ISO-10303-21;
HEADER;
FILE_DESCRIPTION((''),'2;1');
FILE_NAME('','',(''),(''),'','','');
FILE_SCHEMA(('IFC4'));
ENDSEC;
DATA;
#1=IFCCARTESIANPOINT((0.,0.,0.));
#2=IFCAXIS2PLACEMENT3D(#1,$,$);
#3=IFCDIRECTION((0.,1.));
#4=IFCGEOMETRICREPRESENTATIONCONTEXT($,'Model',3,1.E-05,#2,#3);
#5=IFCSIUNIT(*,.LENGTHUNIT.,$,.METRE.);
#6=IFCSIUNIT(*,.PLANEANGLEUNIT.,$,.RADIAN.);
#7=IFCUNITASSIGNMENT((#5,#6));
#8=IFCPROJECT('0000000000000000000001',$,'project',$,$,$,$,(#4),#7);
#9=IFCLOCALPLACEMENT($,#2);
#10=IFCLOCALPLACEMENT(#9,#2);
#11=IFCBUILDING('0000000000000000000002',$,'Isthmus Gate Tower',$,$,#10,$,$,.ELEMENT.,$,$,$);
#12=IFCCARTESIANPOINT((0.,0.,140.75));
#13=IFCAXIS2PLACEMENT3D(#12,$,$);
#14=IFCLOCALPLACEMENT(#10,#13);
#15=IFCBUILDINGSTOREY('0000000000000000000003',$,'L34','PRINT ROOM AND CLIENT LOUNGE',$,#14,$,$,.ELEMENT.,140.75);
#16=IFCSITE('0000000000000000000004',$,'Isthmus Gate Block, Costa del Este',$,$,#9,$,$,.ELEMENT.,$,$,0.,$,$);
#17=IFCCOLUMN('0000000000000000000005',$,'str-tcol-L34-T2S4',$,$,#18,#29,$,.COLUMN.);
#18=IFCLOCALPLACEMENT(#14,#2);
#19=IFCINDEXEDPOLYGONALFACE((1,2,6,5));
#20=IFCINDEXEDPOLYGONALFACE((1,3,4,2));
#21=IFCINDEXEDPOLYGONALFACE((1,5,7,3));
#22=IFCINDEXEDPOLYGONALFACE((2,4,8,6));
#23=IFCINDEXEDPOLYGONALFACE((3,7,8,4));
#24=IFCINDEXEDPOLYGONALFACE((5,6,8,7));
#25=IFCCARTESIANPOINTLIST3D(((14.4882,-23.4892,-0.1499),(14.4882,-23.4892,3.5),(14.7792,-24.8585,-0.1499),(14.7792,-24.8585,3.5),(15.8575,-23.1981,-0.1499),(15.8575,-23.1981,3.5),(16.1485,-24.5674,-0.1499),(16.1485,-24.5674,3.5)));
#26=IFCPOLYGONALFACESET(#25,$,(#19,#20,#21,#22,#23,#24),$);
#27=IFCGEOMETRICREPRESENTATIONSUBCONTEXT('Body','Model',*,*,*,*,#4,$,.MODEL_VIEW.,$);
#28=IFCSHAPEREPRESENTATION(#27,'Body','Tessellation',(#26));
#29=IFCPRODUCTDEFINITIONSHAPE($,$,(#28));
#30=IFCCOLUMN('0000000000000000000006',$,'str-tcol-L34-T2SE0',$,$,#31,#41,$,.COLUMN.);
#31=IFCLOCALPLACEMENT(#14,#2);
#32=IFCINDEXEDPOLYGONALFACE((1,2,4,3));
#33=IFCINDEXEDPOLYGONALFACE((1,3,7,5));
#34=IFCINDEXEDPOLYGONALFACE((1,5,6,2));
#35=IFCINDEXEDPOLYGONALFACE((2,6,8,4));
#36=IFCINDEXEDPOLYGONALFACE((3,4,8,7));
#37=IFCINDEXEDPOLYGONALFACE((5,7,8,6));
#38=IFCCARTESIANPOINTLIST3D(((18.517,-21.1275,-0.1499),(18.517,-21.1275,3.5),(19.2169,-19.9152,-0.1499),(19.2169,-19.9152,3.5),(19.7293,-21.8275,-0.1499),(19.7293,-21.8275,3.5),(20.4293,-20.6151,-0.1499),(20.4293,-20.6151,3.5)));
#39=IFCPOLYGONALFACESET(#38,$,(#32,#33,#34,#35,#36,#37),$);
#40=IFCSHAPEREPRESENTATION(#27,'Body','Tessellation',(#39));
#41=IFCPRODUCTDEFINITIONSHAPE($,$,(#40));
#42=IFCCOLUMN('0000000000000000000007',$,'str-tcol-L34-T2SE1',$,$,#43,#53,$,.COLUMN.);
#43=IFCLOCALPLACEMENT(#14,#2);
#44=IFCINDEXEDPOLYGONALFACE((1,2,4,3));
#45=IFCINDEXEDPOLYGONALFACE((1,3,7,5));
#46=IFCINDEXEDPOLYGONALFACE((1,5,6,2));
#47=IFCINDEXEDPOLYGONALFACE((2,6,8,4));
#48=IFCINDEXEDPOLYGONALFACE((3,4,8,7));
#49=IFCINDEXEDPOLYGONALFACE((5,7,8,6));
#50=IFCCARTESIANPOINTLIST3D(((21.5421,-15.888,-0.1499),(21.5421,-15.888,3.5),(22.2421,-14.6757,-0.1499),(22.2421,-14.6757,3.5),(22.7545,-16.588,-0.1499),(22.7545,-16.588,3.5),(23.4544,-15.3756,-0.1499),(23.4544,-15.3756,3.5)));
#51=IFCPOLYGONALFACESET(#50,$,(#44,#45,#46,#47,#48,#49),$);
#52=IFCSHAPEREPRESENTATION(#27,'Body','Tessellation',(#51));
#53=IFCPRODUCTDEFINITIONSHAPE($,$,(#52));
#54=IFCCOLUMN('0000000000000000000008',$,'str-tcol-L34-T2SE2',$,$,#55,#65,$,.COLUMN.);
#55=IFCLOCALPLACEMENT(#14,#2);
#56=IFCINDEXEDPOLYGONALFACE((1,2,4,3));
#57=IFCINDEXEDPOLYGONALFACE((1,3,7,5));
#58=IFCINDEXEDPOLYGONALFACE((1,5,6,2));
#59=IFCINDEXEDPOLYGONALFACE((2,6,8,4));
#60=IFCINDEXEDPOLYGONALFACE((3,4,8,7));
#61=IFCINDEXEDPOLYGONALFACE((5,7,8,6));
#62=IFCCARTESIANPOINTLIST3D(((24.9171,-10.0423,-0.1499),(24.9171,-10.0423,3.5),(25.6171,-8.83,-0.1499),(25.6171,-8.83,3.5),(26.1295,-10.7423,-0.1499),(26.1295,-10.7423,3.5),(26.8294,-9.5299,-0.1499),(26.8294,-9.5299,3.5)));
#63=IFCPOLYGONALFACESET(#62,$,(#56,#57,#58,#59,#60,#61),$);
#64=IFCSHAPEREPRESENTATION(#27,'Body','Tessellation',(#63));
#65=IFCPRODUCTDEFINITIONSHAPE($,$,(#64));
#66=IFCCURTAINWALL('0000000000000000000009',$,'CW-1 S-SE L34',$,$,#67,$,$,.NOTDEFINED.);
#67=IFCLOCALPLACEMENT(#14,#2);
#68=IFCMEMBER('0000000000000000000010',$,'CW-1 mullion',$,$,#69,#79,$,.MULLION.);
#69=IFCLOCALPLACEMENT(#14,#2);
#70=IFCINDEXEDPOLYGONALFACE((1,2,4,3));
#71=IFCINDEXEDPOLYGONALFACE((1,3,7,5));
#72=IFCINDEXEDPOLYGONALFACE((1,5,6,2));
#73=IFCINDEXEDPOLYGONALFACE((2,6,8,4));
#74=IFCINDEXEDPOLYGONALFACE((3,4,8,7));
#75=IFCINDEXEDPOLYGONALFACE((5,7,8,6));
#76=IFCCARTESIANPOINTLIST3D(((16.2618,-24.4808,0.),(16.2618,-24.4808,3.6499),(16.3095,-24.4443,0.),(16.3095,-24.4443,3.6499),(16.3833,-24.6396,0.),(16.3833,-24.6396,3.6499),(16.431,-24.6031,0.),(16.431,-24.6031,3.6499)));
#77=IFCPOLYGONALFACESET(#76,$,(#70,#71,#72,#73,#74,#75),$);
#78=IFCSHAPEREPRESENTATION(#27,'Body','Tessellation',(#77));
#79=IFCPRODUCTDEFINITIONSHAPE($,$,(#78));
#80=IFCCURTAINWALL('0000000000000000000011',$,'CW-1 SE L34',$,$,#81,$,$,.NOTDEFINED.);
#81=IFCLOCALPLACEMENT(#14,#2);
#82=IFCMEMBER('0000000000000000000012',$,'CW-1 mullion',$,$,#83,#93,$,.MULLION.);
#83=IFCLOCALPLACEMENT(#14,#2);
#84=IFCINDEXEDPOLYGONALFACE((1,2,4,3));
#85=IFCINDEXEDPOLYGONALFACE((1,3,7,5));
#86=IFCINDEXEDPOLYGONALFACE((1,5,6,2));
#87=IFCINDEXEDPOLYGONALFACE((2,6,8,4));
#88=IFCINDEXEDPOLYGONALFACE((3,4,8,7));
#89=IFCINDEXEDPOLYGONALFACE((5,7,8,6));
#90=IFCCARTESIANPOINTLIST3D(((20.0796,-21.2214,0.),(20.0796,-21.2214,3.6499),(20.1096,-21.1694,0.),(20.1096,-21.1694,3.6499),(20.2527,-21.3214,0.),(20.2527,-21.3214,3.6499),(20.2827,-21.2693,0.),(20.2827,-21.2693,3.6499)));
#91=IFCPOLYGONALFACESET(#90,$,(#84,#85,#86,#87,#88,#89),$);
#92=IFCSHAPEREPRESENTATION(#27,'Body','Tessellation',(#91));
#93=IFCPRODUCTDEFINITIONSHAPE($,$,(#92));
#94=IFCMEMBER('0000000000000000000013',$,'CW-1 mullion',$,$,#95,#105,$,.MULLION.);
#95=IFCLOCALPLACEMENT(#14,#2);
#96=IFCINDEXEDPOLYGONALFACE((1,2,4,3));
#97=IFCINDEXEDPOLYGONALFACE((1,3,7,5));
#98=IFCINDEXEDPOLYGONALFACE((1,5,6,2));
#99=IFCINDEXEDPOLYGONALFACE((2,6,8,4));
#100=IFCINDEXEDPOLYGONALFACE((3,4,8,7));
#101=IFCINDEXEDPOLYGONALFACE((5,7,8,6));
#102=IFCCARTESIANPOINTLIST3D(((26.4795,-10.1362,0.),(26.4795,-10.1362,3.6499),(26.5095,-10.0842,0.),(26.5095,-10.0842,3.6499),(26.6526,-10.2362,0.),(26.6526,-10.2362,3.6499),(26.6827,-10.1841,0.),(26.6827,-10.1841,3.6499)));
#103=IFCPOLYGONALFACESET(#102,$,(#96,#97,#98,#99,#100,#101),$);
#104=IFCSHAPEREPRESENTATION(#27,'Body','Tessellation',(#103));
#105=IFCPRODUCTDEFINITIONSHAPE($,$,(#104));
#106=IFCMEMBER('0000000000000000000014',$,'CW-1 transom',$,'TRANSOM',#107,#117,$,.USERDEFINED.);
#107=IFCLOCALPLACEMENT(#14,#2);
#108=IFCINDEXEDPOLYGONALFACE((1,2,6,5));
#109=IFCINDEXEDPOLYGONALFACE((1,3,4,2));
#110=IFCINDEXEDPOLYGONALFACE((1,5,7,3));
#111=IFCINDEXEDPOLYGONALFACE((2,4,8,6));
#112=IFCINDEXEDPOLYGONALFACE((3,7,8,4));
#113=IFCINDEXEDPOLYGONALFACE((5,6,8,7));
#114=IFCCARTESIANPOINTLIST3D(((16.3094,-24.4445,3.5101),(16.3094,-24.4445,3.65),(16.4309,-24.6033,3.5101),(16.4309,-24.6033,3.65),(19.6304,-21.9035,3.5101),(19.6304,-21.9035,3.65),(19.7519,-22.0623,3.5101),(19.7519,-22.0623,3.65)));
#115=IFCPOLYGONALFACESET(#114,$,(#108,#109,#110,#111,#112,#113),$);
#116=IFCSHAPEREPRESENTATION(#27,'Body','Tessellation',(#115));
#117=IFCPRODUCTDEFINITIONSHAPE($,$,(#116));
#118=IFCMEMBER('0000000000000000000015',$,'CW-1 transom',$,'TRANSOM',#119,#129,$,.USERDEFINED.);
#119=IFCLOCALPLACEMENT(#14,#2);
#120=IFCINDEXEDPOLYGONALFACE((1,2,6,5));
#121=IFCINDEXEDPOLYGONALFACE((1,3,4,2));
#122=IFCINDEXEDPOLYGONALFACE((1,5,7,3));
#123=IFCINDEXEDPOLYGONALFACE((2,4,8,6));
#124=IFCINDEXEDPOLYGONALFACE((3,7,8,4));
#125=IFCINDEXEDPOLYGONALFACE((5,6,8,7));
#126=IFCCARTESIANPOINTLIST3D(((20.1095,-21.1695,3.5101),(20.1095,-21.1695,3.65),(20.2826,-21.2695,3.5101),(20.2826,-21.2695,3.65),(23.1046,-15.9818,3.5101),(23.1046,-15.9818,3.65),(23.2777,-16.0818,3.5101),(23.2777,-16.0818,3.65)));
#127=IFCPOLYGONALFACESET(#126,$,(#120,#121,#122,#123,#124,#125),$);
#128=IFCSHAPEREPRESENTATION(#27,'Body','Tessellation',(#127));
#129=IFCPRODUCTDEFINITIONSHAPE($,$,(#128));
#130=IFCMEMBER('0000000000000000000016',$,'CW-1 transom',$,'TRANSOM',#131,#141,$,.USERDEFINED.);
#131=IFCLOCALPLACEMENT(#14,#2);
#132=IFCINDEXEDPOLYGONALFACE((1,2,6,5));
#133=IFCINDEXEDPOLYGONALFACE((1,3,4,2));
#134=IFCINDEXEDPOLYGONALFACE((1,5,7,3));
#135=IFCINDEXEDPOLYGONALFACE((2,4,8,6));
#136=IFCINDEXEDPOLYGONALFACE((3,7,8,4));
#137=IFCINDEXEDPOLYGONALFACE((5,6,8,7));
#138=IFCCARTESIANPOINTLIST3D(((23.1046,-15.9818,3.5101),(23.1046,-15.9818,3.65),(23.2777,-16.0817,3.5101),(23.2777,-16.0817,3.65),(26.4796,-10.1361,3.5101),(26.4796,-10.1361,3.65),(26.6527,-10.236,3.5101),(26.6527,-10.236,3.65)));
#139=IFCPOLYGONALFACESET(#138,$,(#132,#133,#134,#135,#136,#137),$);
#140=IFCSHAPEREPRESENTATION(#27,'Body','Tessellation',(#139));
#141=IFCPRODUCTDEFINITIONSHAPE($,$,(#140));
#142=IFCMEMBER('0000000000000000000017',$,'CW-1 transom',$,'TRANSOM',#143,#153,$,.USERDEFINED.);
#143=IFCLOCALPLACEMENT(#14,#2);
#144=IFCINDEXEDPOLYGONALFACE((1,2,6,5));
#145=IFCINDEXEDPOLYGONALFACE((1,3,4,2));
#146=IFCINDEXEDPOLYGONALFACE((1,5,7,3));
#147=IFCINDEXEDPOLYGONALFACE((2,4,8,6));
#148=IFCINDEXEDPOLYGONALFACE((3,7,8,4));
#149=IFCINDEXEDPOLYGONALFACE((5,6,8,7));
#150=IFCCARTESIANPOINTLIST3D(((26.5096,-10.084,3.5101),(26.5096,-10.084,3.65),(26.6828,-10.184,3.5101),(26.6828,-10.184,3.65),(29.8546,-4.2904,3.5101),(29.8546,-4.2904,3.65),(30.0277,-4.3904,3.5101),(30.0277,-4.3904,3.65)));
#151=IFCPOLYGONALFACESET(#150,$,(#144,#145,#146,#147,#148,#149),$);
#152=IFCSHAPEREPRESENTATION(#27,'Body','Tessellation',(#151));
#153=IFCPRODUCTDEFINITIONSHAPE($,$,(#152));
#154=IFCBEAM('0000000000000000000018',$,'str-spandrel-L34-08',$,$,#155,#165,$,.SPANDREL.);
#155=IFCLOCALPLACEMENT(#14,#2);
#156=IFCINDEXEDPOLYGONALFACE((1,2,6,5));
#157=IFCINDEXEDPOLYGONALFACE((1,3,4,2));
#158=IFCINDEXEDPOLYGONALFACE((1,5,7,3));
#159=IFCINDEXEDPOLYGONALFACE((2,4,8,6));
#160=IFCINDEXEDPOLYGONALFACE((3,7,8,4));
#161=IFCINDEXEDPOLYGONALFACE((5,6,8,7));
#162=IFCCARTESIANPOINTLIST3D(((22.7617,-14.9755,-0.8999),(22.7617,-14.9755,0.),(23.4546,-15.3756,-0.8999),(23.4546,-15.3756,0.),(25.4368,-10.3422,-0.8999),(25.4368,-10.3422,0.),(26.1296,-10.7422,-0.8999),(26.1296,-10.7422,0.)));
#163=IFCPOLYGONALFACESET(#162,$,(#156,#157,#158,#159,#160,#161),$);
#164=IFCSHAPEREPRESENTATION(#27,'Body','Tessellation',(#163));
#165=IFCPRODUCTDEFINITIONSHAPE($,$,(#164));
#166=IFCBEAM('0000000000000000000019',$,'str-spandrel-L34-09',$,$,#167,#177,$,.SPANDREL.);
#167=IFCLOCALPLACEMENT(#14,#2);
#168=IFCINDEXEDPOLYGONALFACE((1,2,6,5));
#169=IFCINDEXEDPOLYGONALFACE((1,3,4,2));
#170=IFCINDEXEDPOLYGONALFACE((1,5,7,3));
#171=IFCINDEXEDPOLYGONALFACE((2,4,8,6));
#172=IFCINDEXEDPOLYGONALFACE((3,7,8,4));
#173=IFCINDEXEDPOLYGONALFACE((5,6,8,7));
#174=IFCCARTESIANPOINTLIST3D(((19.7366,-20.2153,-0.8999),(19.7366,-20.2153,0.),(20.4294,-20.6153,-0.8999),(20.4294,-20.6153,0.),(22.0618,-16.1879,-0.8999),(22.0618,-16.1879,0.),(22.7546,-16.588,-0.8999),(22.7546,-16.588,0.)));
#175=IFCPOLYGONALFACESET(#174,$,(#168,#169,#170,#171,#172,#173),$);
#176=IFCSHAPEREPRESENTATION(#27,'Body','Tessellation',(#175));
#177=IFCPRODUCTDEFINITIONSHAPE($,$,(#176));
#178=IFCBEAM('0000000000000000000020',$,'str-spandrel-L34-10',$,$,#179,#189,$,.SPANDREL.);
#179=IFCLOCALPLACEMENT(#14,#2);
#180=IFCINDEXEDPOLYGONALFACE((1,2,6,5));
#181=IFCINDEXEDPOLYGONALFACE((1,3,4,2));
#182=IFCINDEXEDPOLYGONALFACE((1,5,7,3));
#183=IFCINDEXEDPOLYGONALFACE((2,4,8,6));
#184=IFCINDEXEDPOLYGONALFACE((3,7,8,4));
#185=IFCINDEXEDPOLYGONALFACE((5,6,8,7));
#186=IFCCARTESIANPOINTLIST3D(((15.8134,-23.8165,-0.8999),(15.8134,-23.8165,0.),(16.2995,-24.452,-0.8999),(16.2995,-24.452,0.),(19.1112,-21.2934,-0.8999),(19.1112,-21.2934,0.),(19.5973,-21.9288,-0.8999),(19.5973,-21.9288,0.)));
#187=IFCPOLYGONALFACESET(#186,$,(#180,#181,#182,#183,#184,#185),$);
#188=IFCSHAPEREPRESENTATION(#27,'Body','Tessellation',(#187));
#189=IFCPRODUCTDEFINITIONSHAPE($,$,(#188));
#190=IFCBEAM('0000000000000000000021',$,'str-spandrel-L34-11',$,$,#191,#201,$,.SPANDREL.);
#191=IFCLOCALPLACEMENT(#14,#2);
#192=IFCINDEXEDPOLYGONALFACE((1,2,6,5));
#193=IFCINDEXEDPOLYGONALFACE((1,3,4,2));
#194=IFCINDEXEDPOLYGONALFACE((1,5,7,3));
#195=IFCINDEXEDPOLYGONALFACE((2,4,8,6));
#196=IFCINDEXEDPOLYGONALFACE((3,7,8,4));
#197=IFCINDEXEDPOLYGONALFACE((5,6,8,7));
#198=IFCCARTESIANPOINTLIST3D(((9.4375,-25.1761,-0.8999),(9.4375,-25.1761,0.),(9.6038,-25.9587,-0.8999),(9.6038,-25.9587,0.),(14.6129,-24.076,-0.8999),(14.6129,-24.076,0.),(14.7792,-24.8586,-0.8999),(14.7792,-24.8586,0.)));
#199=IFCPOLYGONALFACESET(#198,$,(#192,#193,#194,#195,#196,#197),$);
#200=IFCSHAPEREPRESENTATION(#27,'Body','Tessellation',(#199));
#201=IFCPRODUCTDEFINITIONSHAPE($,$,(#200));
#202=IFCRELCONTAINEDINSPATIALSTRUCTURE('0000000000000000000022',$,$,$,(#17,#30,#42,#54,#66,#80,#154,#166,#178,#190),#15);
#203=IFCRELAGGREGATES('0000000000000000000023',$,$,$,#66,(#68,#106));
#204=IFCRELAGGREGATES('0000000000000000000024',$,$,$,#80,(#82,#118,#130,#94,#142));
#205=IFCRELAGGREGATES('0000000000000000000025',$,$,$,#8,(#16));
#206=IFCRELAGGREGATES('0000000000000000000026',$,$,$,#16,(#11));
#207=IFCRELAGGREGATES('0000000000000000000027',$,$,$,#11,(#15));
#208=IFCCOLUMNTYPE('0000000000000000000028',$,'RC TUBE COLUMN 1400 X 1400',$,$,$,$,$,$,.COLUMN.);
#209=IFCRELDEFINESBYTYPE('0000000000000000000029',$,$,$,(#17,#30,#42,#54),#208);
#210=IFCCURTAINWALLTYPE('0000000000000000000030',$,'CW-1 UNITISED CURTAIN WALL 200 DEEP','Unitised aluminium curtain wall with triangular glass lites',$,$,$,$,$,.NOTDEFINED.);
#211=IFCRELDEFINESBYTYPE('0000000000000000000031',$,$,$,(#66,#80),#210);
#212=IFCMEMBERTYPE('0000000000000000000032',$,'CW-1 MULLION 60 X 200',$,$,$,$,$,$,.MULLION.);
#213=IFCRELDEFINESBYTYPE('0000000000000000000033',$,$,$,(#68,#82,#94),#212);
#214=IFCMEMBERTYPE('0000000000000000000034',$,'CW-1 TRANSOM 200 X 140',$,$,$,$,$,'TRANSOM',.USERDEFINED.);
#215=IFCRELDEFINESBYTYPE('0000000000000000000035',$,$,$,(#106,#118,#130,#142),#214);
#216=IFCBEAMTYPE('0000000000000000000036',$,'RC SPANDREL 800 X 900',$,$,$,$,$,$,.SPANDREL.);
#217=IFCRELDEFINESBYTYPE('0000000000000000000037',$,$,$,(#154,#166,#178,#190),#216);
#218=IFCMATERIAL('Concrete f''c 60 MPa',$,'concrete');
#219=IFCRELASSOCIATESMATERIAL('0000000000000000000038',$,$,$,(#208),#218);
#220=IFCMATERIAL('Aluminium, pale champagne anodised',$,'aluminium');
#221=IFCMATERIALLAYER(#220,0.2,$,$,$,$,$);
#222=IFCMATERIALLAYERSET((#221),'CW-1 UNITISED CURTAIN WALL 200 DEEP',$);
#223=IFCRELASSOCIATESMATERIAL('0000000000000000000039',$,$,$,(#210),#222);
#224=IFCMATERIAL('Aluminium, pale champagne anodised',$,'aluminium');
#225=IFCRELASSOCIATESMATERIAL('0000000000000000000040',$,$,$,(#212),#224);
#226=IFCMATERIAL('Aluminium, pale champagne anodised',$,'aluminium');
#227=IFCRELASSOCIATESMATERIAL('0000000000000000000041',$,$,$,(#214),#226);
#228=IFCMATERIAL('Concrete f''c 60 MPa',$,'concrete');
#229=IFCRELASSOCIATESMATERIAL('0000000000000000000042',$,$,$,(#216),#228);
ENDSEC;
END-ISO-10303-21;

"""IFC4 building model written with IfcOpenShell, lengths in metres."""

from ifc_helpers import new_model, si_unit, direction, frame, origin, origin_2d, place, context, subcontext, project, spatial, rectangle, extrude, material, layer, layer_set, material_profile, profile_set, type_object, element, aggregate, save


model = new_model("IFC4")

# Units and contexts
model_context = context("Model", 3, precision=1e-05, world=origin(), true_north=direction((0.0, 1.0)))
body_context = subcontext(model_context, "Body", "Model", "MODEL_VIEW")
ifc_project = project(units=[si_unit("LENGTHUNIT", "METRE"), si_unit("PLANEANGLEUNIT", "RADIAN")], contexts=[model_context])

# Site, building, storey
site_placement = place(None, origin())
site = spatial("IfcSite", under=ifc_project, at=site_placement, Name="Isthmus Gate Block, Costa del Este", CompositionType="ELEMENT", RefElevation=0.0)
building_placement = place(site_placement, origin())
building = spatial("IfcBuilding", under=site, at=building_placement, Name="Isthmus Gate Tower", CompositionType="ELEMENT")
storey_placement = place(building_placement, frame((0.0, 0.0, 140.75)))
storey = spatial("IfcBuildingStorey", under=building, at=storey_placement, Name="L34", Description="PRINT ROOM AND CLIENT LOUNGE", CompositionType="ELEMENT", Elevation=140.75)

# Columns
ifc_material_1 = material(Name="Concrete f'c 60 MPa", Category="concrete")
ifc_material_profile_1 = material_profile(ifc_material_1, rectangle(XDim=1.3999, YDim=1.3999, at=origin_2d()), Name="RC 1400X1400")
ifc_profile_set_1 = profile_set([ifc_material_profile_1], Name="Concrete f'c 60 MPa")
column_type = type_object("IfcColumnType", Name="RC TUBE COLUMN 1400 X 1400", PredefinedType="COLUMN", material=ifc_profile_set_1)
for number, where, z_axis, x_axis, name in (
    (1, (15.3184, -24.0283, -0.1499), (0.0, 0.0, 1.0), (0.978148, 0.207912, 0.0), "str-tcol-L34-T2S4"),
    (2, (19.4731, -20.8713, -0.1499), (0.0, 0.0, 1.0), (0.5, 0.866025, 0.0), "str-tcol-L34-T2SE0"),
    (3, (22.4983, -15.6318, -0.1499), (0.0, 0.0, 1.0), (0.5, 0.866025, 0.0), "str-tcol-L34-T2SE1"),
    (4, (25.8733, -9.7861, -0.1499), (0.0, 0.0, 1.0), (0.5, 0.866025, 0.0), "str-tcol-L34-T2SE2"),
):
    element("IfcColumn", number, at=place(storey_placement, frame(where, z_axis=z_axis, x_axis=x_axis)), inside=storey, type_object=column_type, Name=name, PredefinedType="COLUMN", context=body_context, shape_type="SweptSolid", body=[
        extrude(rectangle(XDim=1.3999, YDim=1.3999, at=origin_2d()), origin(), (0.0, 0.0, 1.0), 3.6499),
    ])

# Curtain wall, member
ifc_material_2 = material(Name="Aluminium, pale champagne anodised", Category="aluminium")
ifc_layer_1 = layer(ifc_material_2, 0.2)
ifc_layer_set_1 = layer_set([ifc_layer_1], Name="CW-1 UNITISED CURTAIN WALL 200 DEEP")
curtain_wall_type = type_object("IfcCurtainWallType", Name="CW-1 UNITISED CURTAIN WALL 200 DEEP", Description="Unitised aluminium curtain wall with triangular glass lites", PredefinedType="NOTDEFINED", material=ifc_layer_set_1)
curtain_wall_1_placement = place(storey_placement, origin())
curtain_wall_1 = element("IfcCurtainWall", 5, at=curtain_wall_1_placement, inside=storey, type_object=curtain_wall_type, Name="CW-1 S-SE L34", PredefinedType="NOTDEFINED")
ifc_material_3 = material(Name="Aluminium, pale champagne anodised", Category="aluminium")
ifc_material_profile_2 = material_profile(ifc_material_3, rectangle(XDim=0.0601, YDim=0.2, at=origin_2d()), Name="60x200")
ifc_profile_set_2 = profile_set([ifc_material_profile_2], Name="Aluminium, pale champagne anodised")
member_type_1 = type_object("IfcMemberType", Name="CW-1 MULLION 60 X 200", PredefinedType="MULLION", material=ifc_profile_set_2)
member_1_placement = place(storey_placement, frame((16.3464, -24.542, 0.0), z_axis=(0.0, 0.0, 1.0), x_axis=(0.794189, 0.607671, 0.0)))
member_1 = element("IfcMember", 6, at=member_1_placement, type_object=member_type_1, Name="CW-1 mullion", PredefinedType="MULLION", context=body_context, shape_type="SweptSolid", body=[
    extrude(rectangle(XDim=0.0601, YDim=0.2, at=origin_2d()), origin(), (0.0, 0.0, 1.0), 3.6499),
])

# Curtain wall, members
curtain_wall_2_placement = place(storey_placement, origin())
curtain_wall_2 = element("IfcCurtainWall", 7, at=curtain_wall_2_placement, inside=storey, type_object=curtain_wall_type, Name="CW-1 SE L34", PredefinedType="NOTDEFINED")
member_2_placement = place(storey_placement, frame((20.1812, -21.2454, 0.0), z_axis=(0.0, 0.0, 1.0), x_axis=(0.5, 0.866025, 0.0)))
member_2 = element("IfcMember", 8, at=member_2_placement, type_object=member_type_1, Name="CW-1 mullion", PredefinedType="MULLION", context=body_context, shape_type="SweptSolid", body=[
    extrude(rectangle(XDim=0.0601, YDim=0.2, at=origin_2d()), origin(), (0.0, 0.0, 1.0), 3.6499),
])
member_3_placement = place(storey_placement, frame((26.5811, -10.1602, 0.0), z_axis=(0.0, 0.0, 1.0), x_axis=(0.5, 0.866025, 0.0)))
member_3 = element("IfcMember", 9, at=member_3_placement, type_object=member_type_1, Name="CW-1 mullion", PredefinedType="MULLION", context=body_context, shape_type="SweptSolid", body=[
    extrude(rectangle(XDim=0.0601, YDim=0.2, at=origin_2d()), origin(), (0.0, 0.0, 1.0), 3.6499),
])

# Members
ifc_material_4 = material(Name="Aluminium, pale champagne anodised", Category="aluminium")
ifc_material_profile_3 = material_profile(ifc_material_4, rectangle(XDim=0.2, YDim=0.1399, at=origin_2d()), Name="200x140")
ifc_profile_set_3 = profile_set([ifc_material_profile_3], Name="Aluminium, pale champagne anodised")
member_type_2 = type_object("IfcMemberType", Name="CW-1 TRANSOM 200 X 140", ElementType="TRANSOM", PredefinedType="USERDEFINED", material=ifc_profile_set_3)
member_4_placement = place(storey_placement, frame((16.3701, -24.5239, 3.5801), z_axis=(0.794197, 0.60766, 0.0), x_axis=(-0.60766, 0.794197, 0.0)))
member_4 = element("IfcMember", 10, at=member_4_placement, type_object=member_type_2, Name="CW-1 transom", ObjectType="TRANSOM", PredefinedType="USERDEFINED", context=body_context, shape_type="SweptSolid", body=[
    extrude(rectangle(XDim=0.2, YDim=0.1399, at=origin_2d()), origin(), (0.0, 0.0, 1.0), 4.1816),
])
member_5_placement = place(storey_placement, frame((20.196, -21.2195, 3.5801), z_axis=(0.499996, 0.866027, 0.0), x_axis=(-0.866027, 0.499996, 0.0)))
member_5 = element("IfcMember", 11, at=member_5_placement, type_object=member_type_2, Name="CW-1 transom", ObjectType="TRANSOM", PredefinedType="USERDEFINED", context=body_context, shape_type="SweptSolid", body=[
    extrude(rectangle(XDim=0.2, YDim=0.1399, at=origin_2d()), origin(), (0.0, 0.0, 1.0), 5.9902),
])
member_6_placement = place(storey_placement, frame((23.1912, -16.0317, 3.5801), z_axis=(0.499998, 0.866027, 0.0), x_axis=(-0.866027, 0.499998, 0.0)))
member_6 = element("IfcMember", 12, at=member_6_placement, type_object=member_type_2, Name="CW-1 transom", ObjectType="TRANSOM", PredefinedType="USERDEFINED", context=body_context, shape_type="SweptSolid", body=[
    extrude(rectangle(XDim=0.2, YDim=0.1399, at=origin_2d()), origin(), (0.0, 0.0, 1.0), 6.75),
])
member_7_placement = place(storey_placement, frame((26.5962, -10.134, 3.5801), z_axis=(0.499997, 0.866027, 0.0), x_axis=(-0.866027, 0.499997, 0.0)))
member_7 = element("IfcMember", 13, at=member_7_placement, type_object=member_type_2, Name="CW-1 transom", ObjectType="TRANSOM", PredefinedType="USERDEFINED", context=body_context, shape_type="SweptSolid", body=[
    extrude(rectangle(XDim=0.2, YDim=0.1399, at=origin_2d()), origin(), (0.0, 0.0, 1.0), 6.6899),
])

# Beams
ifc_material_5 = material(Name="Concrete f'c 60 MPa", Category="concrete")
ifc_material_profile_4 = material_profile(ifc_material_5, rectangle(XDim=0.8, YDim=0.8999, at=origin_2d()), Name="RC 800X900")
ifc_profile_set_4 = profile_set([ifc_material_profile_4], Name="Concrete f'c 60 MPa")
beam_type_1 = type_object("IfcBeamType", Name="RC SPANDREL 800 X 900", PredefinedType="SPANDREL", material=ifc_profile_set_4)
beam_1_placement = place(storey_placement, frame((25.7832, -10.5422, -0.45), z_axis=(-0.500002, -0.866024, 0.0), x_axis=(0.866024, -0.500002, 0.0)))
element("IfcBeam", 14, at=beam_1_placement, inside=storey, type_object=beam_type_1, Name="str-spandrel-L34-08", PredefinedType="SPANDREL", context=body_context, shape_type="SweptSolid", body=[
    extrude(rectangle(XDim=0.8, YDim=0.8999, at=origin_2d()), origin(), (0.0, 0.0, 1.0), 5.3501),
])
beam_2_placement = place(storey_placement, frame((22.4082, -16.3879, -0.45), z_axis=(-0.500001, -0.866025, 0.0), x_axis=(0.866025, -0.500001, 0.0)))
element("IfcBeam", 15, at=beam_2_placement, inside=storey, type_object=beam_type_1, Name="str-spandrel-L34-09", PredefinedType="SPANDREL", context=body_context, shape_type="SweptSolid", body=[
    extrude(rectangle(XDim=0.8, YDim=0.8999, at=origin_2d()), origin(), (0.0, 0.0, 1.0), 4.6504),
])
beam_3_placement = place(storey_placement, frame((19.3542, -21.6111, -0.45), z_axis=(-0.794206, -0.607649, 0.0), x_axis=(0.607649, -0.794206, 0.0)))
element("IfcBeam", 16, at=beam_3_placement, inside=storey, type_object=beam_type_1, Name="str-spandrel-L34-10", PredefinedType="SPANDREL", context=body_context, shape_type="SweptSolid", body=[
    extrude(rectangle(XDim=0.8, YDim=0.8999, at=origin_2d()), origin(), (0.0, 0.0, 1.0), 4.1523),
])
beam_4_placement = place(storey_placement, frame((14.696, -24.4673, -0.45), z_axis=(-0.978145, -0.207922, 0.0), x_axis=(0.207922, -0.978145, 0.0)))
element("IfcBeam", 17, at=beam_4_placement, inside=storey, type_object=beam_type_1, Name="str-spandrel-L34-11", PredefinedType="SPANDREL", context=body_context, shape_type="SweptSolid", body=[
    extrude(rectangle(XDim=0.8, YDim=0.8999, at=origin_2d()), origin(), (0.0, 0.0, 1.0), 5.291),
])

aggregate(curtain_wall_1, [member_1, member_4])
aggregate(curtain_wall_2, [member_2, member_5, member_6, member_3, member_7])

save(model, "model.ifc")
